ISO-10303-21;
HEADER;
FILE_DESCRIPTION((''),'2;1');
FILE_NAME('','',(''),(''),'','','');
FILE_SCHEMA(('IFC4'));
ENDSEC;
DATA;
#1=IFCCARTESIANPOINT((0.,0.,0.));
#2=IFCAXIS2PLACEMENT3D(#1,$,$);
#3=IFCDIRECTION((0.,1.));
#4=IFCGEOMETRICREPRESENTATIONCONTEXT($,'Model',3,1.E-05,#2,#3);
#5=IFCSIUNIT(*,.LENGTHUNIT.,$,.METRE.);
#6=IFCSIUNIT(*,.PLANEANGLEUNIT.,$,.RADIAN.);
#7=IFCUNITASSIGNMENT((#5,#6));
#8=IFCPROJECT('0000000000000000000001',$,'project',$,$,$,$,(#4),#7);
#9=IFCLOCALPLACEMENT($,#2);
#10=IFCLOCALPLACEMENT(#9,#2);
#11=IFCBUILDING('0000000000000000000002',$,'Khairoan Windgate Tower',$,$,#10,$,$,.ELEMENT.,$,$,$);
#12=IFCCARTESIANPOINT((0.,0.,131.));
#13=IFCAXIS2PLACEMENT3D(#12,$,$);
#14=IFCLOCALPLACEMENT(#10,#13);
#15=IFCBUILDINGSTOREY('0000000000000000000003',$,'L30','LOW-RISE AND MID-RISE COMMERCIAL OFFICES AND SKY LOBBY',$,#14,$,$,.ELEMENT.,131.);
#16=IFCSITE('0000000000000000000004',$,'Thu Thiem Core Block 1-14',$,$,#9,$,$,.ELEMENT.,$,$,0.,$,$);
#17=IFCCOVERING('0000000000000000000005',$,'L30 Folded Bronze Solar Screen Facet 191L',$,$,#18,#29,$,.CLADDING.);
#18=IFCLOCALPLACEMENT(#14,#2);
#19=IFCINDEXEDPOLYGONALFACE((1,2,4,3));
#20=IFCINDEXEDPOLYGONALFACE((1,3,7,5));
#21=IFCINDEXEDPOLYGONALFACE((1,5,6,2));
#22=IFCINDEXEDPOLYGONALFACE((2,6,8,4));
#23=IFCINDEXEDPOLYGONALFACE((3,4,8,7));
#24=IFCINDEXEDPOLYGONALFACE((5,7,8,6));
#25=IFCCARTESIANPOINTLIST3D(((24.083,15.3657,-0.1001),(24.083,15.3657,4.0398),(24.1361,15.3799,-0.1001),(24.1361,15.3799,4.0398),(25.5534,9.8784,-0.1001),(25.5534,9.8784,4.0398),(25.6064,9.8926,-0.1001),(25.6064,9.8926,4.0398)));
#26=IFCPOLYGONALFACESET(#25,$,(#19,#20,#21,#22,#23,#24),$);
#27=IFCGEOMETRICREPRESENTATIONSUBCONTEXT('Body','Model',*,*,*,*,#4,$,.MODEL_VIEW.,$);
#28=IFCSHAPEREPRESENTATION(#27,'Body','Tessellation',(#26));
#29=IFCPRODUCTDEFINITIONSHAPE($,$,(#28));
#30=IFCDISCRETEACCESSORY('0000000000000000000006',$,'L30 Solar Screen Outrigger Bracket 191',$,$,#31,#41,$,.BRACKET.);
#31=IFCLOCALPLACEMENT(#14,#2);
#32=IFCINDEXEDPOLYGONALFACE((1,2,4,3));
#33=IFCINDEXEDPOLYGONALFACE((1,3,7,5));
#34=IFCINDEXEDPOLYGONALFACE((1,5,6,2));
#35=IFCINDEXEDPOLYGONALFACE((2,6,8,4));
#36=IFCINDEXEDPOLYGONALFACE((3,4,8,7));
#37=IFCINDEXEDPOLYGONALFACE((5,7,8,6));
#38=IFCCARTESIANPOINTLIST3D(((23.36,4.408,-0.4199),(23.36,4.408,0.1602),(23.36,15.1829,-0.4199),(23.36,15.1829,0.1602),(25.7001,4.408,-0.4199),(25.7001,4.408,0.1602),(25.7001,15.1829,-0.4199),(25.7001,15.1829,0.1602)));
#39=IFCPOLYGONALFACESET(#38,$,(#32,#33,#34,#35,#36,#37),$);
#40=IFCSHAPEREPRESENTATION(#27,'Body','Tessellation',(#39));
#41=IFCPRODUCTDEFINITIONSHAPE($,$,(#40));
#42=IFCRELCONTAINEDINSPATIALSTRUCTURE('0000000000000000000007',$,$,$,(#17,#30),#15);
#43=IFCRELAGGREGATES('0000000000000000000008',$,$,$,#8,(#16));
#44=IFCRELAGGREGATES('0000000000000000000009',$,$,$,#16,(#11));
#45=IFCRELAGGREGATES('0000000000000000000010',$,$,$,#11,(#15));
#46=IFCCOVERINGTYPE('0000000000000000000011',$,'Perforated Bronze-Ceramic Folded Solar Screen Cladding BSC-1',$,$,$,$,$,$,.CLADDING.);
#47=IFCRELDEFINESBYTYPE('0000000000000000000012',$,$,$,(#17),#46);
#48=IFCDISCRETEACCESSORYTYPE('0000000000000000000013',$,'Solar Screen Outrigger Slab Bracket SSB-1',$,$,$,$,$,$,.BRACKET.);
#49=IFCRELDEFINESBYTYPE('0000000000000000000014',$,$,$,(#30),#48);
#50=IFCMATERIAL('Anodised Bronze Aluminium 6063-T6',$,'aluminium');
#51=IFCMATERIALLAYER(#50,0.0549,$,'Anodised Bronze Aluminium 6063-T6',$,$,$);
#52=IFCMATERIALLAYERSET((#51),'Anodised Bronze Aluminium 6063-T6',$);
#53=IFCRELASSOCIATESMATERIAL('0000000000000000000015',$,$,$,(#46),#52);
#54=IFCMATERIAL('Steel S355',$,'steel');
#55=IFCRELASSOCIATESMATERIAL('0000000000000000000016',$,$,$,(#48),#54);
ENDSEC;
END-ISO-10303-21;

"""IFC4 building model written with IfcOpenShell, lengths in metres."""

from ifc_helpers import new_model, si_unit, direction, frame, origin, origin_2d, place, context, subcontext, project, spatial, rectangle, extrude, material, layer, layer_set, type_object, element, save


model = new_model("IFC4")

# Units and contexts
model_context = context("Model", 3, precision=1e-05, world=origin(), true_north=direction((0.0, 1.0)))
body_context = subcontext(model_context, "Body", "Model", "MODEL_VIEW")
ifc_project = project(units=[si_unit("LENGTHUNIT", "METRE"), si_unit("PLANEANGLEUNIT", "RADIAN")], contexts=[model_context])

# Site, building, storey
site_placement = place(None, origin())
site = spatial("IfcSite", under=ifc_project, at=site_placement, Name="Thu Thiem Core Block 1-14", CompositionType="ELEMENT", RefElevation=0.0)
building_placement = place(site_placement, origin())
building = spatial("IfcBuilding", under=site, at=building_placement, Name="Khairoan Windgate Tower", CompositionType="ELEMENT")
storey_placement = place(building_placement, frame((0.0, 0.0, 131.0)))
storey = spatial("IfcBuildingStorey", under=building, at=storey_placement, Name="L30", Description="LOW-RISE AND MID-RISE COMMERCIAL OFFICES AND SKY LOBBY", CompositionType="ELEMENT", Elevation=131.0)

# Covering
ifc_material_1 = material(Name="Anodised Bronze Aluminium 6063-T6", Category="aluminium")
ifc_layer_1 = layer(ifc_material_1, 0.0549, Name="Anodised Bronze Aluminium 6063-T6")
ifc_layer_set_1 = layer_set([ifc_layer_1], Name="Anodised Bronze Aluminium 6063-T6")
covering_type = type_object("IfcCoveringType", Name="Perforated Bronze-Ceramic Folded Solar Screen Cladding BSC-1", PredefinedType="CLADDING", material=ifc_layer_set_1)
covering_placement = place(storey_placement, frame((24.8447, 12.6292, -0.1001), z_axis=(0.0, 0.0, 1.0), x_axis=(0.258819, -0.965926, 0.0)))
element("IfcCovering", 1, at=covering_placement, inside=storey, type_object=covering_type, Name="L30 Folded Bronze Solar Screen Facet 191L", PredefinedType="CLADDING", context=body_context, shape_type="SweptSolid", body=[
    extrude(rectangle(XDim=5.6809, YDim=0.0549, at=origin_2d()), origin(), (0.0, 0.0, 1.0), 4.1399),
])

# Discrete accessory
ifc_material_2 = material(Name="Steel S355", Category="steel")
discrete_accessory_type = type_object("IfcDiscreteAccessoryType", Name="Solar Screen Outrigger Slab Bracket SSB-1", PredefinedType="BRACKET", material=ifc_material_2)
discrete_accessory_placement = place(storey_placement, frame((24.53, 9.7954, -0.4199), z_axis=(0.0, 0.0, 1.0), x_axis=(0.0, -1.0, 0.0)))
element("IfcDiscreteAccessory", 2, at=discrete_accessory_placement, inside=storey, type_object=discrete_accessory_type, Name="L30 Solar Screen Outrigger Bracket 191", PredefinedType="BRACKET", context=body_context, shape_type="SweptSolid", body=[
    extrude(rectangle(XDim=10.7749, YDim=2.3401, at=origin_2d()), origin(), (0.0, 0.0, 1.0), 0.5801),
])

save(model, "model.ifc")
